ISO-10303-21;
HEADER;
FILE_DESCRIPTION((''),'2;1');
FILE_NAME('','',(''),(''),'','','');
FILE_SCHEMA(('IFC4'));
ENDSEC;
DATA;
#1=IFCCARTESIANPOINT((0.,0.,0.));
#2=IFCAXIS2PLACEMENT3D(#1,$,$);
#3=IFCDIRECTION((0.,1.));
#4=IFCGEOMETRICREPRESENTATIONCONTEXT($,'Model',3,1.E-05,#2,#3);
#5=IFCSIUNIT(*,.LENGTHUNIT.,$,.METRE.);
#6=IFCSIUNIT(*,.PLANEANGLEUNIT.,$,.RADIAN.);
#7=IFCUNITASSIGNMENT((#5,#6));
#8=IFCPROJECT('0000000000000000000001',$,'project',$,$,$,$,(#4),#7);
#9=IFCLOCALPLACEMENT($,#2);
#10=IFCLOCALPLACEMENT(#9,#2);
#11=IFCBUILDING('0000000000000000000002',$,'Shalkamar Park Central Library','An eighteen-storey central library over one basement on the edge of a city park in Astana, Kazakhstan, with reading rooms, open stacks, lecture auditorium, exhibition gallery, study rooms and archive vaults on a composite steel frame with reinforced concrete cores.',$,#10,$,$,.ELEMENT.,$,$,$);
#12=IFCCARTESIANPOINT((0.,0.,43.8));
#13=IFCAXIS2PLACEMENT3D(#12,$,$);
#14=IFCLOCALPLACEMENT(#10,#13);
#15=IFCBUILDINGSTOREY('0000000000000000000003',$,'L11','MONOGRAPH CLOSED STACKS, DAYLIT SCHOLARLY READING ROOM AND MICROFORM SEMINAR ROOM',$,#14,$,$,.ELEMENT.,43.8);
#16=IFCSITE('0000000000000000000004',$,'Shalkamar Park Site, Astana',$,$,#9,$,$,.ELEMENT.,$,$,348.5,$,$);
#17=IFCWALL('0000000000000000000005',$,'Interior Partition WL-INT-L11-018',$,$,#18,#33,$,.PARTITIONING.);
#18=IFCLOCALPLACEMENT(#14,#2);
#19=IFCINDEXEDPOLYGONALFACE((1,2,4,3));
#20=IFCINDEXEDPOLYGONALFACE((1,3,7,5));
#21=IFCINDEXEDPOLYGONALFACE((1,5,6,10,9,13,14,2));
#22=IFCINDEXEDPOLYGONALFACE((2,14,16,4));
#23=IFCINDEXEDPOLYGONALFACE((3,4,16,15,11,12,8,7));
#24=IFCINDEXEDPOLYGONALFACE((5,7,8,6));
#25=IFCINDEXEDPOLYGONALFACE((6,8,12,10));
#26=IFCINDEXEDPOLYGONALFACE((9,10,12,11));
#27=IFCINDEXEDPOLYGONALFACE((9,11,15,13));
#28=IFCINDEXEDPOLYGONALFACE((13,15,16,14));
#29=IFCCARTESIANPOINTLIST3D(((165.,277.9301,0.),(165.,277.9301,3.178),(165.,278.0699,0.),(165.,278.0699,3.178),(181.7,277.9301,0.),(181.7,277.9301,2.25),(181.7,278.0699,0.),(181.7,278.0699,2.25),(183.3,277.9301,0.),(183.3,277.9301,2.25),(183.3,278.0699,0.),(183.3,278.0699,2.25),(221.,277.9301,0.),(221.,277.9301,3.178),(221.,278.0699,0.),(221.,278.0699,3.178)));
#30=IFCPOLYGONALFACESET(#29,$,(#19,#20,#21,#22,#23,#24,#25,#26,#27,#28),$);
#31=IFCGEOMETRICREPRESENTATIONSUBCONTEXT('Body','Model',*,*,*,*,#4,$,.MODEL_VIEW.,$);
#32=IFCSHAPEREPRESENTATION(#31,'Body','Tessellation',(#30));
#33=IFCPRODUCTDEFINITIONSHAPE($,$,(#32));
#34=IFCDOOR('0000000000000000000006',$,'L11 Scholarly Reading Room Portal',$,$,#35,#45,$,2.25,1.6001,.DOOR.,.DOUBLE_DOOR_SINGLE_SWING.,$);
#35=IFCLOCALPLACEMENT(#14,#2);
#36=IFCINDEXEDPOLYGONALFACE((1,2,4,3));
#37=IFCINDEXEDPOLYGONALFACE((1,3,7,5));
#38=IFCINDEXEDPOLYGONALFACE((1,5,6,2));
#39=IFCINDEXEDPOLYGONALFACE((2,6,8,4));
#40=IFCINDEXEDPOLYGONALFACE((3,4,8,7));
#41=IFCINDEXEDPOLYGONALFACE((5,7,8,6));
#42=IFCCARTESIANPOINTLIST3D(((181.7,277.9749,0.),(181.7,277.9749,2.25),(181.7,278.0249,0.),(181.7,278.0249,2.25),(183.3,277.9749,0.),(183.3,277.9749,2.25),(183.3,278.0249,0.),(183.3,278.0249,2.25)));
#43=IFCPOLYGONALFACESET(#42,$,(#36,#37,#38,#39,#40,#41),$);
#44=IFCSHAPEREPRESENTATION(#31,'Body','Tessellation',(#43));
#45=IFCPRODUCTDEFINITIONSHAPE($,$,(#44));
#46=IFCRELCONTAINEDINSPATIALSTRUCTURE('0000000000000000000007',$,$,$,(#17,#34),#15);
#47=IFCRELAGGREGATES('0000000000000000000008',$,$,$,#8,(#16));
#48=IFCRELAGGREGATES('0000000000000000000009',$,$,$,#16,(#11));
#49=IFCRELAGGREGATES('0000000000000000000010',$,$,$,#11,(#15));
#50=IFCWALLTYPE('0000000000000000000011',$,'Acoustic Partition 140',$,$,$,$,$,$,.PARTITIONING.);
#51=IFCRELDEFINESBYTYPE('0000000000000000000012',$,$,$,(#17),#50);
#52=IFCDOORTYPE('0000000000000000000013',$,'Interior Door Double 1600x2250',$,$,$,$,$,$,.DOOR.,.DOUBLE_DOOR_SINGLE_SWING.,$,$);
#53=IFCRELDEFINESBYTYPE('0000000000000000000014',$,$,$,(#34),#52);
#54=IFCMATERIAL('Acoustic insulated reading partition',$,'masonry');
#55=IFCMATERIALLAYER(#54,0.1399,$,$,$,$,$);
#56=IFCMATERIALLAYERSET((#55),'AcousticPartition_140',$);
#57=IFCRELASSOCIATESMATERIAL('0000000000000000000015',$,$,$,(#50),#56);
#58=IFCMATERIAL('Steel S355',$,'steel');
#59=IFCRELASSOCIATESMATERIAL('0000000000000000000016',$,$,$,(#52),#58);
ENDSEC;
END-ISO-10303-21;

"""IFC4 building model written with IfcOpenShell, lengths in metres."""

from ifc_helpers import new_model, si_unit, direction, frame, frame_2d, origin, place, context, subcontext, project, spatial, rectangle, extrude, material, layer, layer_set, type_object, element, fill, save


model = new_model("IFC4")

# Units and contexts
model_context = context("Model", 3, precision=1e-05, world=origin(), true_north=direction((0.0, 1.0)))
body_context = subcontext(model_context, "Body", "Model", "MODEL_VIEW")
ifc_project = project(units=[si_unit("LENGTHUNIT", "METRE"), si_unit("PLANEANGLEUNIT", "RADIAN")], contexts=[model_context])

# Site, building, storey
site_placement = place(None, origin())
site = spatial("IfcSite", under=ifc_project, at=site_placement, Name="Shalkamar Park Site, Astana", CompositionType="ELEMENT", RefElevation=348.5)
building_placement = place(site_placement, origin())
building = spatial("IfcBuilding", under=site, at=building_placement, Name="Shalkamar Park Central Library", Description="An eighteen-storey central library over one basement on the edge of a city park in Astana, Kazakhstan, with reading rooms, open stacks, lecture auditorium, exhibition gallery, study rooms and archive vaults on a composite steel frame with reinforced concrete cores.", CompositionType="ELEMENT")
storey_placement = place(building_placement, frame((0.0, 0.0, 43.8)))
storey = spatial("IfcBuildingStorey", under=building, at=storey_placement, Name="L11", Description="MONOGRAPH CLOSED STACKS, DAYLIT SCHOLARLY READING ROOM AND MICROFORM SEMINAR ROOM", CompositionType="ELEMENT", Elevation=43.8)

# Shared definitions
ifc_material_1 = material(Name="Steel S355", Category="steel")

# Wall, opening, door
ifc_material_2 = material(Name="Acoustic insulated reading partition", Category="masonry")
ifc_layer_1 = layer(ifc_material_2, 0.1399)
ifc_layer_set_1 = layer_set([ifc_layer_1], Name="AcousticPartition_140")
wall_type = type_object("IfcWallType", Name="Acoustic Partition 140", PredefinedType="PARTITIONING", material=ifc_layer_set_1)
wall_placement = place(storey_placement, frame((165.0, 278.0, 0.0), z_axis=(0.0, 0.0, 1.0), x_axis=(1.0, 0.0, 0.0)))
wall = element("IfcWall", 1, at=wall_placement, inside=storey, type_object=wall_type, Name="Interior Partition WL-INT-L11-018", PredefinedType="PARTITIONING", context=body_context, shape_type="SweptSolid", body=[
    extrude(rectangle(XDim=56.0, YDim=0.1399, at=frame_2d((28.0, 0.0))), origin(), (0.0, 0.0, 1.0), 3.178),
])
opening_placement = place(wall_placement, frame((16.7, 0.0, 0.0)))
opening = element("IfcOpeningElement", 2, at=opening_placement, cuts=wall, PredefinedType="OPENING", context=body_context, shape_type="SweptSolid", body=[
    extrude(rectangle(XDim=1.6001, YDim=2.25, at=frame_2d((0.8, 1.125))), frame((0.0, 0.085, 0.0), z_axis=(0.0, -1.0, 0.0), x_axis=(1.0, 0.0, 0.0)), (0.0, 0.0, 1.0), 0.1697),
])
door_type = type_object("IfcDoorType", Name="Interior Door Double 1600x2250", OperationType="DOUBLE_DOOR_SINGLE_SWING", PredefinedType="DOOR", material=ifc_material_1)
door_placement = place(opening_placement, origin())
door = element("IfcDoor", 3, at=door_placement, inside=storey, type_object=door_type, Name="L11 Scholarly Reading Room Portal", OperationType="DOUBLE_DOOR_SINGLE_SWING", OverallHeight=2.25, OverallWidth=1.6001, PredefinedType="DOOR", context=body_context, shape_type="SweptSolid", body=[
    extrude(rectangle(XDim=1.6001, YDim=2.25, at=frame_2d((0.8, 1.125))), frame((0.0, 0.0249, 0.0), z_axis=(0.0, -1.0, 0.0), x_axis=(1.0, 0.0, 0.0)), (0.0, 0.0, 1.0), 0.05),
])
fill(opening, door)

save(model, "model.ifc")
